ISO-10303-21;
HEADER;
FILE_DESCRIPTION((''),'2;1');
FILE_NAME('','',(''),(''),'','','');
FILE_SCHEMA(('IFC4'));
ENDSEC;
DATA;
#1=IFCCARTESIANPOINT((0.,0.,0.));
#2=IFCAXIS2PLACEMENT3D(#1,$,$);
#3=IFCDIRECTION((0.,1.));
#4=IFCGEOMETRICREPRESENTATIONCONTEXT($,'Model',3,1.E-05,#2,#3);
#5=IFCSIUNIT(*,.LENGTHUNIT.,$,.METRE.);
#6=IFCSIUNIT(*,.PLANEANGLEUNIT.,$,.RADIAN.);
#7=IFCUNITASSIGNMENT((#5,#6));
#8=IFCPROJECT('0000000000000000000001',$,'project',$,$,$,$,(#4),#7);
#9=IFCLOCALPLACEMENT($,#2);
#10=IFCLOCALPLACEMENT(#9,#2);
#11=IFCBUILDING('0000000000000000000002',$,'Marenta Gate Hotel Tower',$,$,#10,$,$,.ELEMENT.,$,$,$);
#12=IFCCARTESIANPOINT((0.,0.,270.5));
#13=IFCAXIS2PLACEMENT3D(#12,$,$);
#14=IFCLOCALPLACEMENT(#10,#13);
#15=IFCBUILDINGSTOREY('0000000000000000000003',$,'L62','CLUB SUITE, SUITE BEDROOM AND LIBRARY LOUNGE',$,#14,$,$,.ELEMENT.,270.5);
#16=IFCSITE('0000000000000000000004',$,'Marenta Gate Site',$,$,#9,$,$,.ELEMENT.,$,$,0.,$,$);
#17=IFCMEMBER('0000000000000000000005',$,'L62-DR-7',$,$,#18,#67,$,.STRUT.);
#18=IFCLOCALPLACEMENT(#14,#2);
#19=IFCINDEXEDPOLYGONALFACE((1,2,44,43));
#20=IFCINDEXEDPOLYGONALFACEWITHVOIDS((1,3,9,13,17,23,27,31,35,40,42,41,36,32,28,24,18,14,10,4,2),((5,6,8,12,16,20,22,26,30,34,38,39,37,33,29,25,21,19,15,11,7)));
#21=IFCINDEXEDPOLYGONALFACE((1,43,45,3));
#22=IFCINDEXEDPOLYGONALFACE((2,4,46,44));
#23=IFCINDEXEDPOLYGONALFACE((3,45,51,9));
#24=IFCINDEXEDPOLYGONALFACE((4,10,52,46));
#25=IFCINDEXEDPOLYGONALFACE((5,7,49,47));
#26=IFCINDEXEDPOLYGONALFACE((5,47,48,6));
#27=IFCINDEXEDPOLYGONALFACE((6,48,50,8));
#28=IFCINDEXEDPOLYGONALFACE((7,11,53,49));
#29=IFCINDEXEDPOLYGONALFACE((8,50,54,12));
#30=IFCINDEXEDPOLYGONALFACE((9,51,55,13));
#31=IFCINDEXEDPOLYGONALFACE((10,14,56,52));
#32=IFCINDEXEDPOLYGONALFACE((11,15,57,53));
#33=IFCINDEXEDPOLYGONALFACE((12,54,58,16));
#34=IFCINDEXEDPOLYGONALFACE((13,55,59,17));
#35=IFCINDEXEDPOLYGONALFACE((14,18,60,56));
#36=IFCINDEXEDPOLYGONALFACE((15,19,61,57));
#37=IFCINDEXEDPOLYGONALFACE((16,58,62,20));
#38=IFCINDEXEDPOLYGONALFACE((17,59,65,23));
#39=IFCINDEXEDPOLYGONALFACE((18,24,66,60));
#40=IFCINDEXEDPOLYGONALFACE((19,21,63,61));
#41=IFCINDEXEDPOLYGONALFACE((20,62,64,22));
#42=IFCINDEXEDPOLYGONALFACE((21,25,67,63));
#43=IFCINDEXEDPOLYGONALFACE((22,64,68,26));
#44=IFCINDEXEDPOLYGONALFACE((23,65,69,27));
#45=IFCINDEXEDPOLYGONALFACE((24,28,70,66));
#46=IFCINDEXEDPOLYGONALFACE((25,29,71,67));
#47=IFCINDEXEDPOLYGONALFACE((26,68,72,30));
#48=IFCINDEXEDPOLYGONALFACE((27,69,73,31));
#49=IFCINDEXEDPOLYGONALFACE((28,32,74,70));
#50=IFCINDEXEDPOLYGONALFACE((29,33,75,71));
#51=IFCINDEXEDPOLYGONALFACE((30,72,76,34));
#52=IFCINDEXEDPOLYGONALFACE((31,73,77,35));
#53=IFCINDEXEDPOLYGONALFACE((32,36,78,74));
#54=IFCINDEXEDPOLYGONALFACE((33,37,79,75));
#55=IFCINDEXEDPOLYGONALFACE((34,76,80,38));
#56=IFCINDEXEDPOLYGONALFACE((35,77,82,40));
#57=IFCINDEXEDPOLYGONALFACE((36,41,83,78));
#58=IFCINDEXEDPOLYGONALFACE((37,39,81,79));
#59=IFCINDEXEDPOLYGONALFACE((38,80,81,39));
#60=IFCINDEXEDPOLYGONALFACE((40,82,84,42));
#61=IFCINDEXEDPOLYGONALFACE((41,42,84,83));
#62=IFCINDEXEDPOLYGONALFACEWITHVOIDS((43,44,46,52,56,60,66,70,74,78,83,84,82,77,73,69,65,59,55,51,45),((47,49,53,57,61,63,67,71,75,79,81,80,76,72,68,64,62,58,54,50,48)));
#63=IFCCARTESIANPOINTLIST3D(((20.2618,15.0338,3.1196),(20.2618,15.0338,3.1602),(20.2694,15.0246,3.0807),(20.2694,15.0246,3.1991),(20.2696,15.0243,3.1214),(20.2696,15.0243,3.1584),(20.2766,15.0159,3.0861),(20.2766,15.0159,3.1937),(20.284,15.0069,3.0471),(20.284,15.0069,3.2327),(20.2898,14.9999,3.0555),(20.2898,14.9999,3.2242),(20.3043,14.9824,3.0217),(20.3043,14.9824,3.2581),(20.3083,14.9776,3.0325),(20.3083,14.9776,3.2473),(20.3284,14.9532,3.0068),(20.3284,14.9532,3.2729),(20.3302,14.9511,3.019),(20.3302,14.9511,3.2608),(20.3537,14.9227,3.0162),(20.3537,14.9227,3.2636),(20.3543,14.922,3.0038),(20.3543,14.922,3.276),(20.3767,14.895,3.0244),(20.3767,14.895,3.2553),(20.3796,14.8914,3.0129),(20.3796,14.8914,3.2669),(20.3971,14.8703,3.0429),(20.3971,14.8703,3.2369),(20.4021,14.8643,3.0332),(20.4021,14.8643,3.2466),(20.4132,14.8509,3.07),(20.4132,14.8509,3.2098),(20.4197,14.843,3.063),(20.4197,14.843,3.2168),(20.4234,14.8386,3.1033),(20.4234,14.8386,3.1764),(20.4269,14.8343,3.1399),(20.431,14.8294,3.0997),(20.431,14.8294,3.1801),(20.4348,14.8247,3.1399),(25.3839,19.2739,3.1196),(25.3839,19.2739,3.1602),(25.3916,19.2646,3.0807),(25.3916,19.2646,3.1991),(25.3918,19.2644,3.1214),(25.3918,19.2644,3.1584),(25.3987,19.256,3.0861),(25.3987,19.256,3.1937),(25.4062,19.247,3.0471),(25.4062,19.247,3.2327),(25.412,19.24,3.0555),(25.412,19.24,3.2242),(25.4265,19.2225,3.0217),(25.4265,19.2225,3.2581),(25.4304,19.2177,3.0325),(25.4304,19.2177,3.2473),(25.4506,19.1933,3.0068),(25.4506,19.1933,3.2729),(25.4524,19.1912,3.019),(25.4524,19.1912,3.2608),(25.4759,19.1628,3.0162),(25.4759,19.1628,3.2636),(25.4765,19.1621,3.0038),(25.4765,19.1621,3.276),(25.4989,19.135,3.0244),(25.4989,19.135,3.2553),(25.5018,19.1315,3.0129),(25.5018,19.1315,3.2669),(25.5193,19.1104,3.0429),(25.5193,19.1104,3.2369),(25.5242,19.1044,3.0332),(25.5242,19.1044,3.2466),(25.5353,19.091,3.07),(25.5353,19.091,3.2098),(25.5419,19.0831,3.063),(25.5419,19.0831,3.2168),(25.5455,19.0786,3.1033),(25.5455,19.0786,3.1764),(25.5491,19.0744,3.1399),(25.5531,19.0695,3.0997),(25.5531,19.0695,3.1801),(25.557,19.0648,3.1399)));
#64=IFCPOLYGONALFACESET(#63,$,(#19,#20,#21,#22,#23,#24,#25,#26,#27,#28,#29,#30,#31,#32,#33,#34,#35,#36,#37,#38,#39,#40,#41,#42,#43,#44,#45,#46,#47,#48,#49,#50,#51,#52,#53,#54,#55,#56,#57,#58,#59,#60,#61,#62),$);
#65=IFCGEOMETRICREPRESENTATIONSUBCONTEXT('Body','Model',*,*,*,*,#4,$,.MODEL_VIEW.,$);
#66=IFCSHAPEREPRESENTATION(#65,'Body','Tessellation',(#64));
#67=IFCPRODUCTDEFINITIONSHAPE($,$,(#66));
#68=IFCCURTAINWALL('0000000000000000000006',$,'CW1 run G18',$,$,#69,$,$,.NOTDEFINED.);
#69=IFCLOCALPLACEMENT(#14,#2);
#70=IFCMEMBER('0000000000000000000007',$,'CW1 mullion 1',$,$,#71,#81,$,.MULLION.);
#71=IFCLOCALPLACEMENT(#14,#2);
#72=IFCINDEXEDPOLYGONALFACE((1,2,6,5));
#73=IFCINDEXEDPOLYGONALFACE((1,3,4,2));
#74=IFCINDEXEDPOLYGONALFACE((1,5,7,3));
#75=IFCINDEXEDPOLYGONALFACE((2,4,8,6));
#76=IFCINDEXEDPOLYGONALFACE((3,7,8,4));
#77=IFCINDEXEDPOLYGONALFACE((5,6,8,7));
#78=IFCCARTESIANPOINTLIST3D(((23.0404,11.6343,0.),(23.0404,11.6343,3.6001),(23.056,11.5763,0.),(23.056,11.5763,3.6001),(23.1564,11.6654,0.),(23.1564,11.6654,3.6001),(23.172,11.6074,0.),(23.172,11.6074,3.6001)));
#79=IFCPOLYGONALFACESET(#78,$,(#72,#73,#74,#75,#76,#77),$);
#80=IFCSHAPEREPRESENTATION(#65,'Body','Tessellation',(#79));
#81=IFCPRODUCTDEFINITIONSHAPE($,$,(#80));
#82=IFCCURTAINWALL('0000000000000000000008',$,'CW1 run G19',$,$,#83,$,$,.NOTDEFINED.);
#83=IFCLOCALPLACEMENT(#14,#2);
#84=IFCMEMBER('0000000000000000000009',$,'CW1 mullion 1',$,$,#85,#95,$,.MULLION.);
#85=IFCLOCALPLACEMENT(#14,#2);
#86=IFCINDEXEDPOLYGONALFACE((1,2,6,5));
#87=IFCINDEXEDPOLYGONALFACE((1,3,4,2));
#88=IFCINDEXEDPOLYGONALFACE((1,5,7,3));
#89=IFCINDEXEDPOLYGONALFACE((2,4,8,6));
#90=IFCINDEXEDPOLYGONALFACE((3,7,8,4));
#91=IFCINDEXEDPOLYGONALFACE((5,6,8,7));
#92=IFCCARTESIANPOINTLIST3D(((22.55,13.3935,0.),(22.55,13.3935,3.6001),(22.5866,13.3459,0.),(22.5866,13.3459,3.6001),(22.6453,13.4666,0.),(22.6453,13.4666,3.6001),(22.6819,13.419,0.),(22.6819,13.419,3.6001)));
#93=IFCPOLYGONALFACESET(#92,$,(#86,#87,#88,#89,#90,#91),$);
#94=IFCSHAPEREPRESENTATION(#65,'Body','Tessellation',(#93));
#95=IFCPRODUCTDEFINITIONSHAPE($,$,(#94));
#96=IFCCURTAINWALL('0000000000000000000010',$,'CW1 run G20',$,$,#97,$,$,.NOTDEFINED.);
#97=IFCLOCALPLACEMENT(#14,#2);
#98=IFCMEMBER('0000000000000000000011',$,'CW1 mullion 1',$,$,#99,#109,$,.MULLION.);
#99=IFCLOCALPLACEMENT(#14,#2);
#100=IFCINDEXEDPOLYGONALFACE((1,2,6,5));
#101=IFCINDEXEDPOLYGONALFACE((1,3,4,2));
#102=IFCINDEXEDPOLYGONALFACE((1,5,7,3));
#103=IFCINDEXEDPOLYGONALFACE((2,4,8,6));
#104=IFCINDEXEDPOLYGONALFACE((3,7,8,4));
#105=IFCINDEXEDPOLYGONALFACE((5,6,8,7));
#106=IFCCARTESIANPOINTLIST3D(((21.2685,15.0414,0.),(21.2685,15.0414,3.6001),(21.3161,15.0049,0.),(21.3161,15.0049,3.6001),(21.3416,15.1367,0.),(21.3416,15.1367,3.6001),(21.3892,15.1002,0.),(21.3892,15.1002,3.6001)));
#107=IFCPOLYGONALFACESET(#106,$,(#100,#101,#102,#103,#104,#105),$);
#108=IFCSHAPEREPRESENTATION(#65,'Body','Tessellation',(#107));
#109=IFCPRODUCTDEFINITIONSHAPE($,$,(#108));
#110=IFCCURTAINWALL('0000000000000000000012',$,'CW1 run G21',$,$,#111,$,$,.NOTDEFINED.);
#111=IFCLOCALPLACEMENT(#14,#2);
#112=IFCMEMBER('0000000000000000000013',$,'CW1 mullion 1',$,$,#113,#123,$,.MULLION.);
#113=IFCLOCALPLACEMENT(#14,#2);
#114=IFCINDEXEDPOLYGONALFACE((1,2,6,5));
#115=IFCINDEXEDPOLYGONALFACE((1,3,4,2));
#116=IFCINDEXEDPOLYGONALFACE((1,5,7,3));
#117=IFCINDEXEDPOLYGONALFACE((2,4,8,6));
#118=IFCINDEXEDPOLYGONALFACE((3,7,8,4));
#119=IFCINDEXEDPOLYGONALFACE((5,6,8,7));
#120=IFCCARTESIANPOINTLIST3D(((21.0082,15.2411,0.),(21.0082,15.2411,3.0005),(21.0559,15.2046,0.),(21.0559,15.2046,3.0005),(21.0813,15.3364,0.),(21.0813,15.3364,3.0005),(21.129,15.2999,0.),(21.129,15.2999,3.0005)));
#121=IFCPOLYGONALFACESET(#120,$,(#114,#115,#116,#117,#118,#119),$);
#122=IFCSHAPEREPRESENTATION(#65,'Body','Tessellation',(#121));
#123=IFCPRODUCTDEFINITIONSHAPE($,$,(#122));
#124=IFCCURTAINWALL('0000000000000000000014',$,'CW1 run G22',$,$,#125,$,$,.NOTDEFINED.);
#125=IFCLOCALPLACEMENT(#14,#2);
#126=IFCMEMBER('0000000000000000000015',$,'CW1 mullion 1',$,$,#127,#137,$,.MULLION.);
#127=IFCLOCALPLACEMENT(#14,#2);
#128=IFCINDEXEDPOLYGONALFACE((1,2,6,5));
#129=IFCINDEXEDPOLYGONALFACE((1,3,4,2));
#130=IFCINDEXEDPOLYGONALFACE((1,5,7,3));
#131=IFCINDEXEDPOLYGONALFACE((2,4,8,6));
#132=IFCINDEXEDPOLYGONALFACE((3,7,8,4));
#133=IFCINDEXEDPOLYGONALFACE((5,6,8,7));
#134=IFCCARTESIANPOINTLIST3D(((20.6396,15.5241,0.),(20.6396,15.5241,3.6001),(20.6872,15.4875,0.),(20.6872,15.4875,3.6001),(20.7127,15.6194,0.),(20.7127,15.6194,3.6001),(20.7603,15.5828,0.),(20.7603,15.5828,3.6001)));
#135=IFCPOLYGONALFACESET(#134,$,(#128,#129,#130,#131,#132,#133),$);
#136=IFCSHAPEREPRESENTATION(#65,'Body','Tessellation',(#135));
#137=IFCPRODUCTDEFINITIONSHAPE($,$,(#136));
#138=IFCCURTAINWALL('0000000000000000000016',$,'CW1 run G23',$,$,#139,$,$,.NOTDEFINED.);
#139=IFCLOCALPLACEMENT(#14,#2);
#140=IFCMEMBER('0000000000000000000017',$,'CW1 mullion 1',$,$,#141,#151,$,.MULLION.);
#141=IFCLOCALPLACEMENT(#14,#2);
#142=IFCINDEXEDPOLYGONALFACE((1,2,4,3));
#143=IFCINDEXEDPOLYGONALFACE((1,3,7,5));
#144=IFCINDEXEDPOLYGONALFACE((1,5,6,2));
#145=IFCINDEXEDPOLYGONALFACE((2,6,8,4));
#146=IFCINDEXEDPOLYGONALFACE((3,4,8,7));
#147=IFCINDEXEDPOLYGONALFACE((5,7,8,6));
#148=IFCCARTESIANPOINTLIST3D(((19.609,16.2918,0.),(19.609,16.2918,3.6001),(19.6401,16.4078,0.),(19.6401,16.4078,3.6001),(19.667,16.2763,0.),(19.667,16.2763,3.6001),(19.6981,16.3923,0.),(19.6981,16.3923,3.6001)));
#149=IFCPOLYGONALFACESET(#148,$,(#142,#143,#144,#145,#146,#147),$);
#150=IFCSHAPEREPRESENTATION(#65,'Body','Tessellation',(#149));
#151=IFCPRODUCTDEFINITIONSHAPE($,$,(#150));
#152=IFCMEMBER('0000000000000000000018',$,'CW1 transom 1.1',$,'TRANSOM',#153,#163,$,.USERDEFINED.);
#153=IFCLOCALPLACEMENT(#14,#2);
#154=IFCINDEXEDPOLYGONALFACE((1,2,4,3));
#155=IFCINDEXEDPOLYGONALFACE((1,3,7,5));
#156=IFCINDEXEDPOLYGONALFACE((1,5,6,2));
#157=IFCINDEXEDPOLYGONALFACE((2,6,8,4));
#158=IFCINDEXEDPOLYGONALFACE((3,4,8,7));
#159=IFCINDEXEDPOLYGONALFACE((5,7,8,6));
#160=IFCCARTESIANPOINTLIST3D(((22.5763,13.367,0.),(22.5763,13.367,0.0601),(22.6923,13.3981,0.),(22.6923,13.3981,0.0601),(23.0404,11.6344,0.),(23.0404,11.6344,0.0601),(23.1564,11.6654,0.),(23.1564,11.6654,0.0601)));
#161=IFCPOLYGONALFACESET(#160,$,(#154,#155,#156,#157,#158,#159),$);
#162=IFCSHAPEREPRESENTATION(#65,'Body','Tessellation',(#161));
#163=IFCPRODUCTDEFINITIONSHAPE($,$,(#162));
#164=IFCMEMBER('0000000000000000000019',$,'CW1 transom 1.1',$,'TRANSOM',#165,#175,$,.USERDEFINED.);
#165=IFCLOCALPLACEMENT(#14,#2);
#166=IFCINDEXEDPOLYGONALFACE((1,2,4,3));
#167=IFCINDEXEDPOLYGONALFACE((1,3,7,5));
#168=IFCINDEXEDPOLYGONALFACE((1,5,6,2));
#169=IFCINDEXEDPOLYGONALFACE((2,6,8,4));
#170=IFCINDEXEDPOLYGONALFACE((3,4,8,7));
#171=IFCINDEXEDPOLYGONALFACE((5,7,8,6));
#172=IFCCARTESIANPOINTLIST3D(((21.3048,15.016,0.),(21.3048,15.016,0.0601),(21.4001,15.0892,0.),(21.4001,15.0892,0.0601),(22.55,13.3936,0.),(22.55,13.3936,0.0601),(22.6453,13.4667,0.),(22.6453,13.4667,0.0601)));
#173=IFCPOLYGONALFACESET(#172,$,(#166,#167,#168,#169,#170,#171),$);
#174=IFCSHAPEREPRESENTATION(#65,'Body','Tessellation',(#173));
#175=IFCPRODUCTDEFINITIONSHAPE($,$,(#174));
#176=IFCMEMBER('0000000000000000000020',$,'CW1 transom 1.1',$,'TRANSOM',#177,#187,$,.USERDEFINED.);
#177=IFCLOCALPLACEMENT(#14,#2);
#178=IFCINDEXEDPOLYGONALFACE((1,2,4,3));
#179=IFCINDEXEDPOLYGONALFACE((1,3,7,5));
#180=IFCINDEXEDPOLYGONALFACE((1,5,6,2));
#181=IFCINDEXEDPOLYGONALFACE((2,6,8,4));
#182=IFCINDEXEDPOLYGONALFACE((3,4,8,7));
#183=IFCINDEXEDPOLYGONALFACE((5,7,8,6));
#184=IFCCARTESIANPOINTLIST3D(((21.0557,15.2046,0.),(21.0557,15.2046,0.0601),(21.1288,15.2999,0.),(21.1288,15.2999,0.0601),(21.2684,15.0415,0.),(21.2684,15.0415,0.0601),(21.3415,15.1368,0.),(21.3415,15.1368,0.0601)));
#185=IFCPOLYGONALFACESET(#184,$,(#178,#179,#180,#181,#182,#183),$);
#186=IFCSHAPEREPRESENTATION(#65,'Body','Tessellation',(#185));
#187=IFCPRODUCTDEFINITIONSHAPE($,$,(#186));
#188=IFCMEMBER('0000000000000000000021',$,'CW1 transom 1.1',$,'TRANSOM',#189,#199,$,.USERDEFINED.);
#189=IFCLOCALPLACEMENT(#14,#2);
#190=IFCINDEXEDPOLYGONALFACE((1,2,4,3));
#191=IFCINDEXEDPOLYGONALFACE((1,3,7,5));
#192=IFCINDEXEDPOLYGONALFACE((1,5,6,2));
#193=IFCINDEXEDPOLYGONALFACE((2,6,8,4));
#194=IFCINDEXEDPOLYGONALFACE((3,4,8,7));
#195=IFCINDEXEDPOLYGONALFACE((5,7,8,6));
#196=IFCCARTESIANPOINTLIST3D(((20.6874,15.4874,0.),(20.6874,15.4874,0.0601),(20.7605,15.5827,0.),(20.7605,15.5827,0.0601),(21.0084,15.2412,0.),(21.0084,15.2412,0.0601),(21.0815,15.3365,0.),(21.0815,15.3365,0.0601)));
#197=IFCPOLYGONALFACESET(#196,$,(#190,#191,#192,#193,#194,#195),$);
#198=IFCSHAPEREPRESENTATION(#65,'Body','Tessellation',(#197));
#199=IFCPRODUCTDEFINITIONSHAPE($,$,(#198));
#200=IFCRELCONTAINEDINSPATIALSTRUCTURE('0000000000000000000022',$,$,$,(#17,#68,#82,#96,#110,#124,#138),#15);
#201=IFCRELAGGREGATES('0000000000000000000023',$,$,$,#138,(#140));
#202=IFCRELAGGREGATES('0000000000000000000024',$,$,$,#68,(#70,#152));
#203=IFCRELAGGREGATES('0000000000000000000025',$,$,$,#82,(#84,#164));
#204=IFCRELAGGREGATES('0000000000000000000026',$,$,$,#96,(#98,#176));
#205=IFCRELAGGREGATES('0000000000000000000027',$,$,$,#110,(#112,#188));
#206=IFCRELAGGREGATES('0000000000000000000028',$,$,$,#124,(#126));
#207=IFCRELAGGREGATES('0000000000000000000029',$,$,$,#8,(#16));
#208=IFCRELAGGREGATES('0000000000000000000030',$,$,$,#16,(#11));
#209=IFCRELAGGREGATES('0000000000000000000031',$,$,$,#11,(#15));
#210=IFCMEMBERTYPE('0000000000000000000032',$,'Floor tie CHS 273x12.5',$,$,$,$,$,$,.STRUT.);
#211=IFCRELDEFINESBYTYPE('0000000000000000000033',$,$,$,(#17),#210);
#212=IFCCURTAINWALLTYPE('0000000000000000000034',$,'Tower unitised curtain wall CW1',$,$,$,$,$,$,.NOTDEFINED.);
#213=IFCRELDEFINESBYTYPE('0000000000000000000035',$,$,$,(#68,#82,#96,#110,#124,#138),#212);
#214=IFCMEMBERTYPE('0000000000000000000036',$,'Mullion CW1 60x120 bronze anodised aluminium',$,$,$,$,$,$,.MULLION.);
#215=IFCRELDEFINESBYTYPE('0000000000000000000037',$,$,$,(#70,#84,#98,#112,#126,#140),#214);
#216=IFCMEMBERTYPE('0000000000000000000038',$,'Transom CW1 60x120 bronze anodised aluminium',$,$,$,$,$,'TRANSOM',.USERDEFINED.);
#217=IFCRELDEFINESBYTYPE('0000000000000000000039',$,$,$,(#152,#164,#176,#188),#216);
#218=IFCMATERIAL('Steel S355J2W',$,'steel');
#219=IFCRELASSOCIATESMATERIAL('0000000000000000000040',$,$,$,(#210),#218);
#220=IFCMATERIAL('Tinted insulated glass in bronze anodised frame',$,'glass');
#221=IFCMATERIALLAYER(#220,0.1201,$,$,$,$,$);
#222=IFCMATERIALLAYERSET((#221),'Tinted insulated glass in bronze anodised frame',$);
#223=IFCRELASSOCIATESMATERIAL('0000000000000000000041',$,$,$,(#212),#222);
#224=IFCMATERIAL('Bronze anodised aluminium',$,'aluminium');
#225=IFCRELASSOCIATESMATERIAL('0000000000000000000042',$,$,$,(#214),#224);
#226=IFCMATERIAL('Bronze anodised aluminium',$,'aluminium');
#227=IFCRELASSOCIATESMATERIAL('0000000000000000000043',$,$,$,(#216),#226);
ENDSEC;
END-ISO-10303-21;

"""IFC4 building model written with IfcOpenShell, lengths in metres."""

from ifc_helpers import new_model, si_unit, direction, frame, origin, origin_2d, place, context, subcontext, project, spatial, rectangle, hollow_circle, extrude, material, layer, layer_set, material_profile, profile_set, type_object, element, aggregate, save


model = new_model("IFC4")

# Units and contexts
model_context = context("Model", 3, precision=1e-05, world=origin(), true_north=direction((0.0, 1.0)))
body_context = subcontext(model_context, "Body", "Model", "MODEL_VIEW")
ifc_project = project(units=[si_unit("LENGTHUNIT", "METRE"), si_unit("PLANEANGLEUNIT", "RADIAN")], contexts=[model_context])

# Site, building, storey
site_placement = place(None, origin())
site = spatial("IfcSite", under=ifc_project, at=site_placement, Name="Marenta Gate Site", CompositionType="ELEMENT", RefElevation=0.0)
building_placement = place(site_placement, origin())
building = spatial("IfcBuilding", under=site, at=building_placement, Name="Marenta Gate Hotel Tower", CompositionType="ELEMENT")
storey_placement = place(building_placement, frame((0.0, 0.0, 270.5)))
storey = spatial("IfcBuildingStorey", under=building, at=storey_placement, Name="L62", Description="CLUB SUITE, SUITE BEDROOM AND LIBRARY LOUNGE", CompositionType="ELEMENT", Elevation=270.5)

# Member
ifc_material_1 = material(Name="Steel S355J2W", Category="steel")
ifc_material_profile_1 = material_profile(ifc_material_1, hollow_circle(Radius=0.1365, WallThickness=0.0125, at=origin_2d()), Name="CHS 273x12.5")
ifc_profile_set_1 = profile_set([ifc_material_profile_1], Name="Steel S355J2W")
member_type_1 = type_object("IfcMemberType", Name="Floor tie CHS 273x12.5", PredefinedType="STRUT", material=ifc_profile_set_1)
member_1_placement = place(storey_placement, frame((25.47, 19.1699, 3.1399), z_axis=(-0.770318, -0.63766, 0.0), x_axis=(0.63766, -0.770318, 0.0)))
element("IfcMember", 1, at=member_1_placement, inside=storey, type_object=member_type_1, Name="L62-DR-7", PredefinedType="STRUT", context=body_context, shape_type="SweptSolid", body=[
    extrude(hollow_circle(Radius=0.1365, WallThickness=0.0125, at=origin_2d()), origin(), (0.0, 0.0, 1.0), 6.6494),
])

# Curtain walls, members
ifc_material_2 = material(Name="Tinted insulated glass in bronze anodised frame", Category="glass")
ifc_layer_1 = layer(ifc_material_2, 0.1201)
ifc_layer_set_1 = layer_set([ifc_layer_1], Name="Tinted insulated glass in bronze anodised frame")
curtain_wall_type = type_object("IfcCurtainWallType", Name="Tower unitised curtain wall CW1", PredefinedType="NOTDEFINED", material=ifc_layer_set_1)
curtain_wall_1_placement = place(storey_placement, origin())
curtain_wall_1 = element("IfcCurtainWall", 2, at=curtain_wall_1_placement, inside=storey, type_object=curtain_wall_type, Name="CW1 run G18", PredefinedType="NOTDEFINED")
ifc_material_3 = material(Name="Bronze anodised aluminium", Category="aluminium")
ifc_material_profile_2 = material_profile(ifc_material_3, rectangle(XDim=0.1201, YDim=0.0601, at=origin_2d()), Name="Mullion CW1 60x120 bronze anodised aluminium")
ifc_profile_set_2 = profile_set([ifc_material_profile_2], Name="Bronze anodised aluminium")
member_type_2 = type_object("IfcMemberType", Name="Mullion CW1 60x120 bronze anodised aluminium", PredefinedType="MULLION", material=ifc_profile_set_2)
member_2_placement = place(storey_placement, frame((23.1062, 11.6208, 0.0), z_axis=(0.0, 0.0, 1.0), x_axis=(-0.965924, -0.258824, 0.0)))
member_2 = element("IfcMember", 3, at=member_2_placement, type_object=member_type_2, Name="CW1 mullion 1", PredefinedType="MULLION", context=body_context, shape_type="SweptSolid", body=[
    extrude(rectangle(XDim=0.1201, YDim=0.0601, at=origin_2d()), origin(), (0.0, 0.0, 1.0), 3.6001),
])
curtain_wall_2_placement = place(storey_placement, origin())
curtain_wall_2 = element("IfcCurtainWall", 4, at=curtain_wall_2_placement, inside=storey, type_object=curtain_wall_type, Name="CW1 run G19", PredefinedType="NOTDEFINED")
member_3_placement = place(storey_placement, frame((22.616, 13.4062, 0.0), z_axis=(0.0, 0.0, 1.0), x_axis=(-0.793333, -0.608787, 0.0)))
member_3 = element("IfcMember", 5, at=member_3_placement, type_object=member_type_2, Name="CW1 mullion 1", PredefinedType="MULLION", context=body_context, shape_type="SweptSolid", body=[
    extrude(rectangle(XDim=0.1201, YDim=0.0601, at=origin_2d()), origin(), (0.0, 0.0, 1.0), 3.6001),
])
curtain_wall_3_placement = place(storey_placement, origin())
curtain_wall_3 = element("IfcCurtainWall", 6, at=curtain_wall_3_placement, inside=storey, type_object=curtain_wall_type, Name="CW1 run G20", PredefinedType="NOTDEFINED")
member_4_placement = place(storey_placement, frame((21.3289, 15.0708, 0.0), z_axis=(0.0, 0.0, 1.0), x_axis=(-0.608649, -0.793439, 0.0)))
member_4 = element("IfcMember", 7, at=member_4_placement, type_object=member_type_2, Name="CW1 mullion 1", PredefinedType="MULLION", context=body_context, shape_type="SweptSolid", body=[
    extrude(rectangle(XDim=0.1201, YDim=0.0601, at=origin_2d()), origin(), (0.0, 0.0, 1.0), 3.6001),
])
curtain_wall_4_placement = place(storey_placement, origin())
curtain_wall_4 = element("IfcCurtainWall", 8, at=curtain_wall_4_placement, inside=storey, type_object=curtain_wall_type, Name="CW1 run G21", PredefinedType="NOTDEFINED")
member_5_placement = place(storey_placement, frame((21.0686, 15.2705, 0.0), z_axis=(0.0, 0.0, 1.0), x_axis=(-0.608847, -0.793288, 0.0)))
member_5 = element("IfcMember", 9, at=member_5_placement, type_object=member_type_2, Name="CW1 mullion 1", PredefinedType="MULLION", context=body_context, shape_type="SweptSolid", body=[
    extrude(rectangle(XDim=0.1201, YDim=0.0601, at=origin_2d()), origin(), (0.0, 0.0, 1.0), 3.0005),
])
curtain_wall_5_placement = place(storey_placement, origin())
curtain_wall_5 = element("IfcCurtainWall", 10, at=curtain_wall_5_placement, inside=storey, type_object=curtain_wall_type, Name="CW1 run G22", PredefinedType="NOTDEFINED")
member_6_placement = place(storey_placement, frame((20.7, 15.5535, 0.0), z_axis=(0.0, 0.0, 1.0), x_axis=(-0.608801, -0.793323, 0.0)))
member_6 = element("IfcMember", 11, at=member_6_placement, type_object=member_type_2, Name="CW1 mullion 1", PredefinedType="MULLION", context=body_context, shape_type="SweptSolid", body=[
    extrude(rectangle(XDim=0.1201, YDim=0.0601, at=origin_2d()), origin(), (0.0, 0.0, 1.0), 3.6001),
])
curtain_wall_6_placement = place(storey_placement, origin())
curtain_wall_6 = element("IfcCurtainWall", 12, at=curtain_wall_6_placement, inside=storey, type_object=curtain_wall_type, Name="CW1 run G23", PredefinedType="NOTDEFINED")
member_7_placement = place(storey_placement, frame((19.6536, 16.342, 0.0), z_axis=(0.0, 0.0, 1.0), x_axis=(-0.258805, -0.96593, 0.0)))
member_7 = element("IfcMember", 13, at=member_7_placement, type_object=member_type_2, Name="CW1 mullion 1", PredefinedType="MULLION", context=body_context, shape_type="SweptSolid", body=[
    extrude(rectangle(XDim=0.1201, YDim=0.0601, at=origin_2d()), origin(), (0.0, 0.0, 1.0), 3.6001),
])
aggregate(curtain_wall_6, [member_7])

# Members
ifc_material_4 = material(Name="Bronze anodised aluminium", Category="aluminium")
ifc_material_profile_3 = material_profile(ifc_material_4, rectangle(XDim=0.1201, YDim=0.0601, at=origin_2d()), Name="Transom CW1 60x120 bronze anodised aluminium")
ifc_profile_set_3 = profile_set([ifc_material_profile_3], Name="Bronze anodised aluminium")
member_type_3 = type_object("IfcMemberType", Name="Transom CW1 60x120 bronze anodised aluminium", ElementType="TRANSOM", PredefinedType="USERDEFINED", material=ifc_profile_set_3)
member_8_placement = place(storey_placement, frame((23.0984, 11.6499, 0.03), z_axis=(-0.258738, 0.965947, 0.0), x_axis=(-0.965947, -0.258738, 0.0)))
member_8 = element("IfcMember", 14, at=member_8_placement, type_object=member_type_3, Name="CW1 transom 1.1", ObjectType="TRANSOM", PredefinedType="USERDEFINED", context=body_context, shape_type="SweptSolid", body=[
    extrude(rectangle(XDim=0.1201, YDim=0.0601, at=origin_2d()), origin(), (0.0, 0.0, 1.0), 1.7937),
])
member_9_placement = place(storey_placement, frame((22.5977, 13.4302, 0.03), z_axis=(-0.608845, 0.793289, 0.0), x_axis=(-0.793289, -0.608845, 0.0)))
member_9 = element("IfcMember", 15, at=member_9_placement, type_object=member_type_3, Name="CW1 transom 1.1", ObjectType="TRANSOM", PredefinedType="USERDEFINED", context=body_context, shape_type="SweptSolid", body=[
    extrude(rectangle(XDim=0.1201, YDim=0.0601, at=origin_2d()), origin(), (0.0, 0.0, 1.0), 2.0452),
])
member_10_placement = place(storey_placement, frame((21.3049, 15.0891, 0.03), z_axis=(-0.793504, 0.608565, 0.0), x_axis=(-0.608565, -0.793504, 0.0)))
member_10 = element("IfcMember", 16, at=member_10_placement, type_object=member_type_3, Name="CW1 transom 1.1", ObjectType="TRANSOM", PredefinedType="USERDEFINED", context=body_context, shape_type="SweptSolid", body=[
    extrude(rectangle(XDim=0.1201, YDim=0.0601, at=origin_2d()), origin(), (0.0, 0.0, 1.0), 0.2681),
])
member_11_placement = place(storey_placement, frame((21.0449, 15.2888, 0.03), z_axis=(-0.793364, 0.608748, 0.0), x_axis=(-0.608748, -0.793364, 0.0)))
member_11 = element("IfcMember", 17, at=member_11_placement, type_object=member_type_3, Name="CW1 transom 1.1", ObjectType="TRANSOM", PredefinedType="USERDEFINED", context=body_context, shape_type="SweptSolid", body=[
    extrude(rectangle(XDim=0.1201, YDim=0.0601, at=origin_2d()), origin(), (0.0, 0.0, 1.0), 0.4045),
])

aggregate(curtain_wall_1, [member_2, member_8])
aggregate(curtain_wall_2, [member_3, member_9])
aggregate(curtain_wall_3, [member_4, member_10])
aggregate(curtain_wall_4, [member_5, member_11])
aggregate(curtain_wall_5, [member_6])

save(model, "model.ifc")
